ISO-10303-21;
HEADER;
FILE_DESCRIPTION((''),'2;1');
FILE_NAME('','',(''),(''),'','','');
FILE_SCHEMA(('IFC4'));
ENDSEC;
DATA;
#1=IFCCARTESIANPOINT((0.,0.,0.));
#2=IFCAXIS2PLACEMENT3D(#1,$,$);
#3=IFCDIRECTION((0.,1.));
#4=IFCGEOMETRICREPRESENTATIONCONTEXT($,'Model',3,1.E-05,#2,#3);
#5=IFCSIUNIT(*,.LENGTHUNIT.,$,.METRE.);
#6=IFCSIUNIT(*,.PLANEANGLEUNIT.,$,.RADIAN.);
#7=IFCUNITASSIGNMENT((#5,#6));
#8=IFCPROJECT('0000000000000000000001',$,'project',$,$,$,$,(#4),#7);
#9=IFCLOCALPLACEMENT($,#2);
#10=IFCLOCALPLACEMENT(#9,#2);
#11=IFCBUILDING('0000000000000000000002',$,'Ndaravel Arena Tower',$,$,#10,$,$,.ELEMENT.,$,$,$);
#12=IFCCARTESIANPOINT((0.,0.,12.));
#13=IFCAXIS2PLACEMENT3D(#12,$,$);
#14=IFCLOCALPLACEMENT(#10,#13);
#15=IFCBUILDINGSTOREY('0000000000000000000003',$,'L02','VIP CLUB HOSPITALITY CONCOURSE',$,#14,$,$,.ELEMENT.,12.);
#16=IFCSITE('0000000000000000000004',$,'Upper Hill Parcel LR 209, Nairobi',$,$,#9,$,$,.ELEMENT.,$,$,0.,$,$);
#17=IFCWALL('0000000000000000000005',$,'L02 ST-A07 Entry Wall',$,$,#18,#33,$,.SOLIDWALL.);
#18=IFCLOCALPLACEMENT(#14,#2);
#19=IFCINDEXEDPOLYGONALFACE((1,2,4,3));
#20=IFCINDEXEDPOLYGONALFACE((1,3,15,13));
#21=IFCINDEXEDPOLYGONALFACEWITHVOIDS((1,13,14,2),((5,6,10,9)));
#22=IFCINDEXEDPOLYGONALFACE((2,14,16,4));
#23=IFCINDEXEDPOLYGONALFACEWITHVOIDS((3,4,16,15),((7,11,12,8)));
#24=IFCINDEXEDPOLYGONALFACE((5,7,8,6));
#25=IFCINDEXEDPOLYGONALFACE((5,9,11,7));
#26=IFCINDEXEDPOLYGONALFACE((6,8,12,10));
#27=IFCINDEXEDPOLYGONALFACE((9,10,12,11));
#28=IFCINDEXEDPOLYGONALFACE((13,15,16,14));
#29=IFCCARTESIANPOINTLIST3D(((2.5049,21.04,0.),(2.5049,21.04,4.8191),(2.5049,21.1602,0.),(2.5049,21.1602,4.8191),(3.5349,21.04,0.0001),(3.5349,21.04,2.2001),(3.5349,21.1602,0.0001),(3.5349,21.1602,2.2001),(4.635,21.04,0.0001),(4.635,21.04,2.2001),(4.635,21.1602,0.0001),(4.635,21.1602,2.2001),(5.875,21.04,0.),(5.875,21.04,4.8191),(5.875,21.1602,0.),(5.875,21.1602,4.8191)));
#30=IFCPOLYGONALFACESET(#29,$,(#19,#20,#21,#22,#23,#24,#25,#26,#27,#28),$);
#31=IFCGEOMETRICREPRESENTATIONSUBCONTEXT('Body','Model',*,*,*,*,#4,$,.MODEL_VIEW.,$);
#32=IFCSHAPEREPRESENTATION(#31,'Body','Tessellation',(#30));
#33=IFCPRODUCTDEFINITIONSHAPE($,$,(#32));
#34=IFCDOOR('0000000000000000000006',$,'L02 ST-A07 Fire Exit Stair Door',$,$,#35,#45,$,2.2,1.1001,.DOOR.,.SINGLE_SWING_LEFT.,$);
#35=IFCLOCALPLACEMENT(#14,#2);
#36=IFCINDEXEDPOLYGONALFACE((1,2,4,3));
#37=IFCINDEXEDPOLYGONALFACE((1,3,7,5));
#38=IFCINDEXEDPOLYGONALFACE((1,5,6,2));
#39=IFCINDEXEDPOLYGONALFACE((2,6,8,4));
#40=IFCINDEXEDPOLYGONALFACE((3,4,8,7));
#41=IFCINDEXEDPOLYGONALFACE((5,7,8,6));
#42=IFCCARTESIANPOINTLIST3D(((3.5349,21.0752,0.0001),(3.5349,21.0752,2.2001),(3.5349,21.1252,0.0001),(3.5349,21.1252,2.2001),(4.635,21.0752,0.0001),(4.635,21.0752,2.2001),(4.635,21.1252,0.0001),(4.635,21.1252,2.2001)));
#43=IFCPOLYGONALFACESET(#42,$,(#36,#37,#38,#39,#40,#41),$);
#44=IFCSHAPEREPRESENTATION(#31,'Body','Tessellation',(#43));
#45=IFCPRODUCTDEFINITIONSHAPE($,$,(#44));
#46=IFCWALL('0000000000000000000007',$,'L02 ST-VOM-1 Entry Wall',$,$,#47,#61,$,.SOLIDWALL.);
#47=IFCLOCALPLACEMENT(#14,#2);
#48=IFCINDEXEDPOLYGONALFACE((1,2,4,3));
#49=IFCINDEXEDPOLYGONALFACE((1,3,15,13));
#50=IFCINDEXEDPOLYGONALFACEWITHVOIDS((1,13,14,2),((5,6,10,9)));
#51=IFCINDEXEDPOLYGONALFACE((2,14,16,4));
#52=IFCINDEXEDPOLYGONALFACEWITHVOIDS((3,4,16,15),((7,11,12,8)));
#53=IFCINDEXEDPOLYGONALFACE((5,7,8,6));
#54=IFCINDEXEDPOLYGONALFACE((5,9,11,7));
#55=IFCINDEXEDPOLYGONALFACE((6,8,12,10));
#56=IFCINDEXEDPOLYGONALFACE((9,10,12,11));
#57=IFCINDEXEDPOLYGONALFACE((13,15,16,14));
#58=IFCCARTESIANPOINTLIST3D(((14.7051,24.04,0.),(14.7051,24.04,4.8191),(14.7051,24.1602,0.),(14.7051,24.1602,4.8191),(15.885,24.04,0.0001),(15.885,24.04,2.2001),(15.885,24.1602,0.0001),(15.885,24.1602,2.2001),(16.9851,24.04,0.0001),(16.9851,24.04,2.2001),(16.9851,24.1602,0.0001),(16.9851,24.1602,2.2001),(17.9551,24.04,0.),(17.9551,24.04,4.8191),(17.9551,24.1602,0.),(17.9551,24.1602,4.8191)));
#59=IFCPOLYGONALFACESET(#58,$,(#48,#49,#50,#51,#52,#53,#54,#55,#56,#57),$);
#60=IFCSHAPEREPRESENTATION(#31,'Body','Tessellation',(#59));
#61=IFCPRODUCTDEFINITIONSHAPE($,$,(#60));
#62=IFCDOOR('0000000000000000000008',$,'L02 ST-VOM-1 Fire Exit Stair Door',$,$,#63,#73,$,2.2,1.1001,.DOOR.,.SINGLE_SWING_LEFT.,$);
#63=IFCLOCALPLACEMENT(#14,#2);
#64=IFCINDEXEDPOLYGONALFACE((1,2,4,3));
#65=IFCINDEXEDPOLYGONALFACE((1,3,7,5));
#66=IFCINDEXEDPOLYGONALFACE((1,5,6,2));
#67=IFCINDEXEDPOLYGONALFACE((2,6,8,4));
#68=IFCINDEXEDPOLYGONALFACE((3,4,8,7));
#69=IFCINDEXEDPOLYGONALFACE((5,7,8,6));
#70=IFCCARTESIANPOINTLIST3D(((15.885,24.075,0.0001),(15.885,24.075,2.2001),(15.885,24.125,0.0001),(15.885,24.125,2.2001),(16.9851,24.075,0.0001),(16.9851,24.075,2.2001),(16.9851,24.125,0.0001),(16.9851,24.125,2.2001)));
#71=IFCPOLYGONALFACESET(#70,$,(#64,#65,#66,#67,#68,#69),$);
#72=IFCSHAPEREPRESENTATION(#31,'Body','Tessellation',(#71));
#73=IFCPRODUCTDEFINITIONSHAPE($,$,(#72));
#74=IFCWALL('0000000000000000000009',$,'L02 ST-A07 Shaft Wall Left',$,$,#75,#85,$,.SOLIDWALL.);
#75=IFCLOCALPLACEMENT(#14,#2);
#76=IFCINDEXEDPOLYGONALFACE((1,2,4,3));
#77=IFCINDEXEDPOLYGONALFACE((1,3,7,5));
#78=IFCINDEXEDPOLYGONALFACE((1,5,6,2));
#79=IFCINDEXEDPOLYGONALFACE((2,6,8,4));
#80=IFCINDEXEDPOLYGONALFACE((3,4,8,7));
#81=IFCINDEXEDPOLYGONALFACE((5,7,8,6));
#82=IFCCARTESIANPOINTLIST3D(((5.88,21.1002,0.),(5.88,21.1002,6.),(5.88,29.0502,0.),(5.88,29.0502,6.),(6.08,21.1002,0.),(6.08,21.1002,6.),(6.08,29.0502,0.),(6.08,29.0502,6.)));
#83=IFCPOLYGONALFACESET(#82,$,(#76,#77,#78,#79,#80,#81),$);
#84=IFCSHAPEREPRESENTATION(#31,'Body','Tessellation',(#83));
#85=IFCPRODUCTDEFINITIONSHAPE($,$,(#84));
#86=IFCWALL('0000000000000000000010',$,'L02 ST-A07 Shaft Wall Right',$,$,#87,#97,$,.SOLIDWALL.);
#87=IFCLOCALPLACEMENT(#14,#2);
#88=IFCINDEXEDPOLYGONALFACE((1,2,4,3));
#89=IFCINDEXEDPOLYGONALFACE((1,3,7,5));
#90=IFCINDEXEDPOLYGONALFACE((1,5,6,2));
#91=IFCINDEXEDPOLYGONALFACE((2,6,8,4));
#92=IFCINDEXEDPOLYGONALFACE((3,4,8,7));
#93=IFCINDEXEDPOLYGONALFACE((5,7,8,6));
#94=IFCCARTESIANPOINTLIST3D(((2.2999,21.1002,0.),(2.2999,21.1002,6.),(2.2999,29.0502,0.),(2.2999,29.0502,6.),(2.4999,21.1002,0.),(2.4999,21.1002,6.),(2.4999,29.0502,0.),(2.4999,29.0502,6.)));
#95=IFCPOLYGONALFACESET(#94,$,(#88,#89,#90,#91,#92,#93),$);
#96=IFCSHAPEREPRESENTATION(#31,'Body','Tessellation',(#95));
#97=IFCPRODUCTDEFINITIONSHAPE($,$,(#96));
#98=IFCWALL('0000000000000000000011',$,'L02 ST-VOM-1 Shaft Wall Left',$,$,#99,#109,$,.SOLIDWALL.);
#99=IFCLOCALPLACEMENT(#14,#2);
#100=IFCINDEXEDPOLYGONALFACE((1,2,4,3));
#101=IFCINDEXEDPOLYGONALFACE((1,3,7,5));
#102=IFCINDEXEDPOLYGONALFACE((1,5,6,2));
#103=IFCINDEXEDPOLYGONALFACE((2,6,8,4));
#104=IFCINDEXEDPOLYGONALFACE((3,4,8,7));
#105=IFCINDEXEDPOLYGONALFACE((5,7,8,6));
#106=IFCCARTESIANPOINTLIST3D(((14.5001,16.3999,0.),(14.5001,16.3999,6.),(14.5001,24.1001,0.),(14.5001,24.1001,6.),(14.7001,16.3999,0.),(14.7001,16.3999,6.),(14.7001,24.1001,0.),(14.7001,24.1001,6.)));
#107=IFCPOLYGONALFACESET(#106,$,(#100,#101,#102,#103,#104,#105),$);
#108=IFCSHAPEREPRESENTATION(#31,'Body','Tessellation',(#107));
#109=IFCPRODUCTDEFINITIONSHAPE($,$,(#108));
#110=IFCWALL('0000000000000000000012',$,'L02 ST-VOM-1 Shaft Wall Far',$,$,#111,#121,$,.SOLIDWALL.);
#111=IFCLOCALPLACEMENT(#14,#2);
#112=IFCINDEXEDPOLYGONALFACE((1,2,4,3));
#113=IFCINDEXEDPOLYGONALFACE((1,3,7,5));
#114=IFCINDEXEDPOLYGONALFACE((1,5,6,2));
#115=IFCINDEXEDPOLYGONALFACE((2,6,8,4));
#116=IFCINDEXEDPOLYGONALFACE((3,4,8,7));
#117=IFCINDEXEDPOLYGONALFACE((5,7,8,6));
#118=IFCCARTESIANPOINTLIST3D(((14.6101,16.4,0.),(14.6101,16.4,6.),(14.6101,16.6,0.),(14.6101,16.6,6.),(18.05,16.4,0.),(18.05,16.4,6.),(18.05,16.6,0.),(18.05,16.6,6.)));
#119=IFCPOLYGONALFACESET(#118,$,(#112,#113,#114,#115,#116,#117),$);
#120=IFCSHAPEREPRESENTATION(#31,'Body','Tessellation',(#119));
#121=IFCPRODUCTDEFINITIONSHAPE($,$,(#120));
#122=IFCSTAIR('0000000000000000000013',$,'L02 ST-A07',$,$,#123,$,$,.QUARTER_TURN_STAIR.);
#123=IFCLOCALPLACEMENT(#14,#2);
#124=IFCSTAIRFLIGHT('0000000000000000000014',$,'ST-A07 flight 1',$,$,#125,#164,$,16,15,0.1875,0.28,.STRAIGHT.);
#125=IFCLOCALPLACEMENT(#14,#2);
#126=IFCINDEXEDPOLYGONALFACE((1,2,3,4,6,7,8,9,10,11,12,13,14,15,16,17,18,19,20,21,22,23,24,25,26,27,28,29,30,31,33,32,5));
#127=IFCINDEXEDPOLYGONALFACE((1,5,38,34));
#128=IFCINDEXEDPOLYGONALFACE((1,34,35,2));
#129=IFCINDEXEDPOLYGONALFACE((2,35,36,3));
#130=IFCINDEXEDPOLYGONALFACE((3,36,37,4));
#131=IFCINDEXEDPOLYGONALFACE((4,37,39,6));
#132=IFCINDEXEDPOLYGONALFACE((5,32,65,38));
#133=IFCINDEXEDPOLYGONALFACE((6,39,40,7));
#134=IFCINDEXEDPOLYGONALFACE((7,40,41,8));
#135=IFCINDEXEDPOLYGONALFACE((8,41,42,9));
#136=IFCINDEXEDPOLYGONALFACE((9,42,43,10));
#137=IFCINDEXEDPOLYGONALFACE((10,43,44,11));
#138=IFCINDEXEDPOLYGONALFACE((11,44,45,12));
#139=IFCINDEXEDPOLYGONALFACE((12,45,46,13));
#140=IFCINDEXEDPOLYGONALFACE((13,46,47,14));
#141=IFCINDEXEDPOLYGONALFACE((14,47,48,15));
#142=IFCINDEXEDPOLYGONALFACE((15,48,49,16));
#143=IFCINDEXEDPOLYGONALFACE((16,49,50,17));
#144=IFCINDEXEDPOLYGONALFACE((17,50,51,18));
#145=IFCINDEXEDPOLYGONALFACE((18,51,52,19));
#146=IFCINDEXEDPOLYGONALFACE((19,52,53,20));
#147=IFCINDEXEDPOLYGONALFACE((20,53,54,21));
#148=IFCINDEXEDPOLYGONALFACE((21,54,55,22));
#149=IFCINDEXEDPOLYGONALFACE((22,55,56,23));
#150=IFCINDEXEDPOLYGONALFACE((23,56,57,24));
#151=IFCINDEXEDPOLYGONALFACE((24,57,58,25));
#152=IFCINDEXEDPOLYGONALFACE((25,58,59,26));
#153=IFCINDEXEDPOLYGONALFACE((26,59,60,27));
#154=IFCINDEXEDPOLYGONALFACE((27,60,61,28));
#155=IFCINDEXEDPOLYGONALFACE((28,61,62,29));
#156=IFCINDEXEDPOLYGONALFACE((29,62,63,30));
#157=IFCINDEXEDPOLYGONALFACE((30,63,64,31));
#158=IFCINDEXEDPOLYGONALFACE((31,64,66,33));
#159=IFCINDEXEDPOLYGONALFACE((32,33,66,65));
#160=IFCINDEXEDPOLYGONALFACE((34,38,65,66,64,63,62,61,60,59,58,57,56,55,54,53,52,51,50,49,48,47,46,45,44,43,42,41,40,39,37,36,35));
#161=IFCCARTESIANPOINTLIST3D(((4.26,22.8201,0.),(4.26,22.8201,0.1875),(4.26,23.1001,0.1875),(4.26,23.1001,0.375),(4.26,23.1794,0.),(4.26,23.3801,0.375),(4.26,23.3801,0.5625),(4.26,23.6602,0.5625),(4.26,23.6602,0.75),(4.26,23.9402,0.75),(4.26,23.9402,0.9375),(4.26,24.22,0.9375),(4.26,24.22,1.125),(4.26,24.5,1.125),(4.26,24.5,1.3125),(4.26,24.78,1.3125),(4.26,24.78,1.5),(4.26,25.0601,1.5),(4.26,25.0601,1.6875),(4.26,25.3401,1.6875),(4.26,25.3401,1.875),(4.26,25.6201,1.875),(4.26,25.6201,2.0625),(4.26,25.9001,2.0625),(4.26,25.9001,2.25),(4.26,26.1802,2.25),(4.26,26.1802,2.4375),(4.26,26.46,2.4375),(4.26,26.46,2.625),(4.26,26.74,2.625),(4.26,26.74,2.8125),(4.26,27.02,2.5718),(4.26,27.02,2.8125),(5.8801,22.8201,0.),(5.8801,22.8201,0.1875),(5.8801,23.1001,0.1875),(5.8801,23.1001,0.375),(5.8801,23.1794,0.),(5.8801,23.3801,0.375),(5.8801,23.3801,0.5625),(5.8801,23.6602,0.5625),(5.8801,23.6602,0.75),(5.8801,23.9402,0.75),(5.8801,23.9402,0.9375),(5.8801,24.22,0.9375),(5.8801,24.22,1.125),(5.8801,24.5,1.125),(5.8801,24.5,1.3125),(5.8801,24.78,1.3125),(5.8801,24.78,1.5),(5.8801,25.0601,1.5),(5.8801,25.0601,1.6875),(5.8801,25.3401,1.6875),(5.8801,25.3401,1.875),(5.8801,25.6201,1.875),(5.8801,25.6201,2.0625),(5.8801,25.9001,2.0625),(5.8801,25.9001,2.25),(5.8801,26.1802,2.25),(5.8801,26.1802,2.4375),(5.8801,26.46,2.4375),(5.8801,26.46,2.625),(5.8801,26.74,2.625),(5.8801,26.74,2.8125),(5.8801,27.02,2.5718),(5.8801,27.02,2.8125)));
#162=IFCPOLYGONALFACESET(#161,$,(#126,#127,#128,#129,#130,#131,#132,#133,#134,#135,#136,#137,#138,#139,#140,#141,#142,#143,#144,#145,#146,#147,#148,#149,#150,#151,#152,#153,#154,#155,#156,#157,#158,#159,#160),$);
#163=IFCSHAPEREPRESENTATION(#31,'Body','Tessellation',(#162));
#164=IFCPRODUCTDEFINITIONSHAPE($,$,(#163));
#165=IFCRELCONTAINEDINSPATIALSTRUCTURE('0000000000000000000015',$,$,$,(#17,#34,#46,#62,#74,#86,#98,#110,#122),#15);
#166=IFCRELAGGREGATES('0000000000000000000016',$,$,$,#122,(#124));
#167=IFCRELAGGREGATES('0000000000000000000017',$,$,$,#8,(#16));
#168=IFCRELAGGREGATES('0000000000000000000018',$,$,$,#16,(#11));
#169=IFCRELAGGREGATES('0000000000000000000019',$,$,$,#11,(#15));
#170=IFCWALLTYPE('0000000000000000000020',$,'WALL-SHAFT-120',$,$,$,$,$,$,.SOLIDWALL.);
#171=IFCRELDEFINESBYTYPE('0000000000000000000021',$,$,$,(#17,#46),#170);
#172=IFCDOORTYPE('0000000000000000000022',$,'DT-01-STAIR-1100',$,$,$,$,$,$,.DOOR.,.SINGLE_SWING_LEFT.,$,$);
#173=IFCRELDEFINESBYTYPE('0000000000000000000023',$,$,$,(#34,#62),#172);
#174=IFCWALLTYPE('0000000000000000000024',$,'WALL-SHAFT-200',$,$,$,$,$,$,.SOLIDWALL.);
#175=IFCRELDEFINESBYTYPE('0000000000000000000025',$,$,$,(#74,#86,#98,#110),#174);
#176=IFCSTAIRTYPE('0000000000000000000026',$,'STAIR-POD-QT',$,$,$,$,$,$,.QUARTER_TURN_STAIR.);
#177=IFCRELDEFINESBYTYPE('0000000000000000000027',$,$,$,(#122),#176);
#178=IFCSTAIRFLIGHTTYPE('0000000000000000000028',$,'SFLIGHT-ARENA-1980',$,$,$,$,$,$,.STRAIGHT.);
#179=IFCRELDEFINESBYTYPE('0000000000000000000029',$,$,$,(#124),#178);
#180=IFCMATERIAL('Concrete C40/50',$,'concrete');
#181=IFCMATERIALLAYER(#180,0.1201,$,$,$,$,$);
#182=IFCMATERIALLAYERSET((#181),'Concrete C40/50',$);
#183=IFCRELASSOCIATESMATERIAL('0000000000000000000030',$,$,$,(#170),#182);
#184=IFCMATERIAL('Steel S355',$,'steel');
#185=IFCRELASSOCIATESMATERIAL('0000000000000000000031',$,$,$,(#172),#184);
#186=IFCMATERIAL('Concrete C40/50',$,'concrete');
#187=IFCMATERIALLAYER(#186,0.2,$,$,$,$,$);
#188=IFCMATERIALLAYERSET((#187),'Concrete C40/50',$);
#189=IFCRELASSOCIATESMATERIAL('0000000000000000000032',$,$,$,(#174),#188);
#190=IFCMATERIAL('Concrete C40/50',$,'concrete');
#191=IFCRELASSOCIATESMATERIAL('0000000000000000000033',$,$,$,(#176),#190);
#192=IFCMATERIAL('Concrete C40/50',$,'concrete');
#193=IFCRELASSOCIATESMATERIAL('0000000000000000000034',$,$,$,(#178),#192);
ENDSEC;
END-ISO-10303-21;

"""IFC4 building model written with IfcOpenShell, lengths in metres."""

from ifc_helpers import new_model, si_unit, direction, frame, frame_2d, origin, place, context, subcontext, project, spatial, polyline, rectangle, outline, extrude, material, layer, layer_set, type_object, element, fill, aggregate, save


model = new_model("IFC4")

# Units and contexts
model_context = context("Model", 3, precision=1e-05, world=origin(), true_north=direction((0.0, 1.0)))
body_context = subcontext(model_context, "Body", "Model", "MODEL_VIEW")
ifc_project = project(units=[si_unit("LENGTHUNIT", "METRE"), si_unit("PLANEANGLEUNIT", "RADIAN")], contexts=[model_context])

# Site, building, storey
site_placement = place(None, origin())
site = spatial("IfcSite", under=ifc_project, at=site_placement, Name="Upper Hill Parcel LR 209, Nairobi", CompositionType="ELEMENT", RefElevation=0.0)
building_placement = place(site_placement, origin())
building = spatial("IfcBuilding", under=site, at=building_placement, Name="Ndaravel Arena Tower", CompositionType="ELEMENT")
storey_placement = place(building_placement, frame((0.0, 0.0, 12.0)))
storey = spatial("IfcBuildingStorey", under=building, at=storey_placement, Name="L02", Description="VIP CLUB HOSPITALITY CONCOURSE", CompositionType="ELEMENT", Elevation=12.0)

# Walls, openings, doors
ifc_material_1 = material(Name="Concrete C40/50", Category="concrete")
ifc_layer_1 = layer(ifc_material_1, 0.1201)
ifc_layer_set_1 = layer_set([ifc_layer_1], Name="Concrete C40/50")
wall_type_1 = type_object("IfcWallType", Name="WALL-SHAFT-120", PredefinedType="SOLIDWALL", material=ifc_layer_set_1)
wall_1_placement = place(storey_placement, frame((5.875, 21.1001, 0.0), z_axis=(0.0, 0.0, 1.0), x_axis=(-1.0, 0.0, 0.0)))
wall_1 = element("IfcWall", 1, at=wall_1_placement, inside=storey, type_object=wall_type_1, Name="L02 ST-A07 Entry Wall", PredefinedType="SOLIDWALL", context=body_context, shape_type="SweptSolid", body=[
    extrude(rectangle(XDim=3.3701, YDim=0.1201, at=frame_2d((1.6851, 0.0))), origin(), (0.0, 0.0, 1.0), 4.8191),
])
opening_1_placement = place(wall_1_placement, frame((1.24, 0.0, 0.0)))
opening_1 = element("IfcOpeningElement", 2, at=opening_1_placement, cuts=wall_1, PredefinedType="OPENING", context=body_context, shape_type="SweptSolid", body=[
    extrude(rectangle(XDim=1.1001, YDim=2.2, at=frame_2d((0.55, 1.1001))), frame((0.0, 0.0601, 0.0), z_axis=(0.0, -1.0, 0.0), x_axis=(1.0, 0.0, 0.0)), (0.0, 0.0, 1.0), 0.1201),
])
ifc_material_2 = material(Name="Steel S355", Category="steel")
door_type = type_object("IfcDoorType", Name="DT-01-STAIR-1100", OperationType="SINGLE_SWING_LEFT", PredefinedType="DOOR", material=ifc_material_2)
door_1_placement = place(opening_1_placement, origin())
door_1 = element("IfcDoor", 3, at=door_1_placement, inside=storey, type_object=door_type, Name="L02 ST-A07 Fire Exit Stair Door", OperationType="SINGLE_SWING_LEFT", OverallHeight=2.2, OverallWidth=1.1001, PredefinedType="DOOR", context=body_context, shape_type="SweptSolid", body=[
    extrude(rectangle(XDim=1.1001, YDim=2.2, at=frame_2d((0.55, 1.1001))), frame((0.0, 0.0249, 0.0), z_axis=(0.0, -1.0, 0.0), x_axis=(1.0, 0.0, 0.0)), (0.0, 0.0, 1.0), 0.05),
])
fill(opening_1, door_1)
wall_2_placement = place(storey_placement, frame((14.7051, 24.1001, 0.0), z_axis=(0.0, 0.0, 1.0), x_axis=(1.0, 0.0, 0.0)))
wall_2 = element("IfcWall", 4, at=wall_2_placement, inside=storey, type_object=wall_type_1, Name="L02 ST-VOM-1 Entry Wall", PredefinedType="SOLIDWALL", context=body_context, shape_type="SweptSolid", body=[
    extrude(rectangle(XDim=3.25, YDim=0.1201, at=frame_2d((1.625, 0.0))), origin(), (0.0, 0.0, 1.0), 4.8191),
])
opening_2_placement = place(wall_2_placement, frame((1.1799, 0.0, 0.0)))
opening_2 = element("IfcOpeningElement", 5, at=opening_2_placement, cuts=wall_2, PredefinedType="OPENING", context=body_context, shape_type="SweptSolid", body=[
    extrude(rectangle(XDim=1.1001, YDim=2.2, at=frame_2d((0.55, 1.1001))), frame((0.0, 0.0601, 0.0), z_axis=(0.0, -1.0, 0.0), x_axis=(1.0, 0.0, 0.0)), (0.0, 0.0, 1.0), 0.1201),
])
door_2_placement = place(opening_2_placement, origin())
door_2 = element("IfcDoor", 6, at=door_2_placement, inside=storey, type_object=door_type, Name="L02 ST-VOM-1 Fire Exit Stair Door", OperationType="SINGLE_SWING_LEFT", OverallHeight=2.2, OverallWidth=1.1001, PredefinedType="DOOR", context=body_context, shape_type="SweptSolid", body=[
    extrude(rectangle(XDim=1.1001, YDim=2.2, at=frame_2d((0.55, 1.1001))), frame((0.0, 0.0249, 0.0), z_axis=(0.0, -1.0, 0.0), x_axis=(1.0, 0.0, 0.0)), (0.0, 0.0, 1.0), 0.05),
])
fill(opening_2, door_2)

# Walls
ifc_material_3 = material(Name="Concrete C40/50", Category="concrete")
ifc_layer_2 = layer(ifc_material_3, 0.2)
ifc_layer_set_2 = layer_set([ifc_layer_2], Name="Concrete C40/50")
wall_type_2 = type_object("IfcWallType", Name="WALL-SHAFT-200", PredefinedType="SOLIDWALL", material=ifc_layer_set_2)
for number, where, z_axis, x_axis, name in (
    (7, (5.98, 21.1001, 0.0), (0.0, 0.0, 1.0), (0.0, 1.0, 0.0), "L02 ST-A07 Shaft Wall Left"),
    (8, (2.3999, 21.1001, 0.0), (0.0, 0.0, 1.0), (0.0, 1.0, 0.0), "L02 ST-A07 Shaft Wall Right"),
):
    element("IfcWall", number, at=place(storey_placement, frame(where, z_axis=z_axis, x_axis=x_axis)), inside=storey, type_object=wall_type_2, Name=name, PredefinedType="SOLIDWALL", context=body_context, shape_type="SweptSolid", body=[
        extrude(rectangle(XDim=7.95, YDim=0.2, at=frame_2d((3.9751, 0.0))), origin(), (0.0, 0.0, 1.0), 6.0),
    ])
wall_3_placement = place(storey_placement, frame((14.6001, 24.1001, 0.0), z_axis=(0.0, 0.0, 1.0), x_axis=(0.0, -1.0, 0.0)))
element("IfcWall", 9, at=wall_3_placement, inside=storey, type_object=wall_type_2, Name="L02 ST-VOM-1 Shaft Wall Left", PredefinedType="SOLIDWALL", context=body_context, shape_type="SweptSolid", body=[
    extrude(rectangle(XDim=7.7002, YDim=0.2, at=frame_2d((3.8501, 0.0))), origin(), (0.0, 0.0, 1.0), 6.0),
])
wall_4_placement = place(storey_placement, frame((14.6101, 16.5, 0.0), z_axis=(0.0, 0.0, 1.0), x_axis=(1.0, 0.0, 0.0)))
element("IfcWall", 10, at=wall_4_placement, inside=storey, type_object=wall_type_2, Name="L02 ST-VOM-1 Shaft Wall Far", PredefinedType="SOLIDWALL", context=body_context, shape_type="SweptSolid", body=[
    extrude(rectangle(XDim=3.4399, YDim=0.2, at=frame_2d((1.72, 0.0))), origin(), (0.0, 0.0, 1.0), 6.0),
])

# Stair, stair flight
ifc_material_4 = material(Name="Concrete C40/50", Category="concrete")
stair_type = type_object("IfcStairType", Name="STAIR-POD-QT", PredefinedType="QUARTER_TURN_STAIR", material=ifc_material_4)
stair_placement = place(storey_placement, origin())
stair = element("IfcStair", 11, at=stair_placement, inside=storey, type_object=stair_type, Name="L02 ST-A07", PredefinedType="QUARTER_TURN_STAIR")
ifc_material_5 = material(Name="Concrete C40/50", Category="concrete")
stair_flight_type = type_object("IfcStairFlightType", Name="SFLIGHT-ARENA-1980", PredefinedType="STRAIGHT", material=ifc_material_5)
stair_flight_1_placement = place(storey_placement, frame((5.0701, 22.8201, 0.0), z_axis=(0.0, 0.0, 1.0), x_axis=(0.0, 1.0, 0.0)))
stair_flight_1 = element("IfcStairFlight", 12, at=stair_flight_1_placement, type_object=stair_flight_type, Name="ST-A07 flight 1", NumberOfRisers=16, NumberOfTreads=15, PredefinedType="STRAIGHT", RiserHeight=0.1875, TreadLength=0.28, context=body_context, shape_type="SweptSolid", body=[
    extrude(outline(polyline([(0.0, 0.0), (0.0, 0.1875), (0.28, 0.1875), (0.28, 0.375), (0.5601, 0.375), (0.5601, 0.5625), (0.8401, 0.5625), (0.8401, 0.75), (1.1201, 0.75), (1.1201, 0.9375), (1.3999, 0.9375), (1.3999, 1.125), (1.6799, 1.125), (1.6799, 1.3125), (1.96, 1.3125), (1.96, 1.5), (2.24, 1.5), (2.24, 1.6875), (2.52, 1.6875), (2.52, 1.875), (2.8, 1.875), (2.8, 2.0625), (3.0801, 2.0625), (3.0801, 2.25), (3.3601, 2.25), (3.3601, 2.4375), (3.6399, 2.4375), (3.6399, 2.625), (3.9199, 2.625), (3.9199, 2.8125), (4.2, 2.8125), (4.2, 3.0), (4.2, 2.5718), (0.3594, 0.0), (0.0, 0.0)])), frame((0.0, 0.8101, 0.0), z_axis=(0.0, -1.0, 0.0), x_axis=(1.0, 0.0, 0.0)), (0.0, 0.0, 1.0), 1.6201),
])
aggregate(stair, [stair_flight_1])

save(model, "model.ifc")
